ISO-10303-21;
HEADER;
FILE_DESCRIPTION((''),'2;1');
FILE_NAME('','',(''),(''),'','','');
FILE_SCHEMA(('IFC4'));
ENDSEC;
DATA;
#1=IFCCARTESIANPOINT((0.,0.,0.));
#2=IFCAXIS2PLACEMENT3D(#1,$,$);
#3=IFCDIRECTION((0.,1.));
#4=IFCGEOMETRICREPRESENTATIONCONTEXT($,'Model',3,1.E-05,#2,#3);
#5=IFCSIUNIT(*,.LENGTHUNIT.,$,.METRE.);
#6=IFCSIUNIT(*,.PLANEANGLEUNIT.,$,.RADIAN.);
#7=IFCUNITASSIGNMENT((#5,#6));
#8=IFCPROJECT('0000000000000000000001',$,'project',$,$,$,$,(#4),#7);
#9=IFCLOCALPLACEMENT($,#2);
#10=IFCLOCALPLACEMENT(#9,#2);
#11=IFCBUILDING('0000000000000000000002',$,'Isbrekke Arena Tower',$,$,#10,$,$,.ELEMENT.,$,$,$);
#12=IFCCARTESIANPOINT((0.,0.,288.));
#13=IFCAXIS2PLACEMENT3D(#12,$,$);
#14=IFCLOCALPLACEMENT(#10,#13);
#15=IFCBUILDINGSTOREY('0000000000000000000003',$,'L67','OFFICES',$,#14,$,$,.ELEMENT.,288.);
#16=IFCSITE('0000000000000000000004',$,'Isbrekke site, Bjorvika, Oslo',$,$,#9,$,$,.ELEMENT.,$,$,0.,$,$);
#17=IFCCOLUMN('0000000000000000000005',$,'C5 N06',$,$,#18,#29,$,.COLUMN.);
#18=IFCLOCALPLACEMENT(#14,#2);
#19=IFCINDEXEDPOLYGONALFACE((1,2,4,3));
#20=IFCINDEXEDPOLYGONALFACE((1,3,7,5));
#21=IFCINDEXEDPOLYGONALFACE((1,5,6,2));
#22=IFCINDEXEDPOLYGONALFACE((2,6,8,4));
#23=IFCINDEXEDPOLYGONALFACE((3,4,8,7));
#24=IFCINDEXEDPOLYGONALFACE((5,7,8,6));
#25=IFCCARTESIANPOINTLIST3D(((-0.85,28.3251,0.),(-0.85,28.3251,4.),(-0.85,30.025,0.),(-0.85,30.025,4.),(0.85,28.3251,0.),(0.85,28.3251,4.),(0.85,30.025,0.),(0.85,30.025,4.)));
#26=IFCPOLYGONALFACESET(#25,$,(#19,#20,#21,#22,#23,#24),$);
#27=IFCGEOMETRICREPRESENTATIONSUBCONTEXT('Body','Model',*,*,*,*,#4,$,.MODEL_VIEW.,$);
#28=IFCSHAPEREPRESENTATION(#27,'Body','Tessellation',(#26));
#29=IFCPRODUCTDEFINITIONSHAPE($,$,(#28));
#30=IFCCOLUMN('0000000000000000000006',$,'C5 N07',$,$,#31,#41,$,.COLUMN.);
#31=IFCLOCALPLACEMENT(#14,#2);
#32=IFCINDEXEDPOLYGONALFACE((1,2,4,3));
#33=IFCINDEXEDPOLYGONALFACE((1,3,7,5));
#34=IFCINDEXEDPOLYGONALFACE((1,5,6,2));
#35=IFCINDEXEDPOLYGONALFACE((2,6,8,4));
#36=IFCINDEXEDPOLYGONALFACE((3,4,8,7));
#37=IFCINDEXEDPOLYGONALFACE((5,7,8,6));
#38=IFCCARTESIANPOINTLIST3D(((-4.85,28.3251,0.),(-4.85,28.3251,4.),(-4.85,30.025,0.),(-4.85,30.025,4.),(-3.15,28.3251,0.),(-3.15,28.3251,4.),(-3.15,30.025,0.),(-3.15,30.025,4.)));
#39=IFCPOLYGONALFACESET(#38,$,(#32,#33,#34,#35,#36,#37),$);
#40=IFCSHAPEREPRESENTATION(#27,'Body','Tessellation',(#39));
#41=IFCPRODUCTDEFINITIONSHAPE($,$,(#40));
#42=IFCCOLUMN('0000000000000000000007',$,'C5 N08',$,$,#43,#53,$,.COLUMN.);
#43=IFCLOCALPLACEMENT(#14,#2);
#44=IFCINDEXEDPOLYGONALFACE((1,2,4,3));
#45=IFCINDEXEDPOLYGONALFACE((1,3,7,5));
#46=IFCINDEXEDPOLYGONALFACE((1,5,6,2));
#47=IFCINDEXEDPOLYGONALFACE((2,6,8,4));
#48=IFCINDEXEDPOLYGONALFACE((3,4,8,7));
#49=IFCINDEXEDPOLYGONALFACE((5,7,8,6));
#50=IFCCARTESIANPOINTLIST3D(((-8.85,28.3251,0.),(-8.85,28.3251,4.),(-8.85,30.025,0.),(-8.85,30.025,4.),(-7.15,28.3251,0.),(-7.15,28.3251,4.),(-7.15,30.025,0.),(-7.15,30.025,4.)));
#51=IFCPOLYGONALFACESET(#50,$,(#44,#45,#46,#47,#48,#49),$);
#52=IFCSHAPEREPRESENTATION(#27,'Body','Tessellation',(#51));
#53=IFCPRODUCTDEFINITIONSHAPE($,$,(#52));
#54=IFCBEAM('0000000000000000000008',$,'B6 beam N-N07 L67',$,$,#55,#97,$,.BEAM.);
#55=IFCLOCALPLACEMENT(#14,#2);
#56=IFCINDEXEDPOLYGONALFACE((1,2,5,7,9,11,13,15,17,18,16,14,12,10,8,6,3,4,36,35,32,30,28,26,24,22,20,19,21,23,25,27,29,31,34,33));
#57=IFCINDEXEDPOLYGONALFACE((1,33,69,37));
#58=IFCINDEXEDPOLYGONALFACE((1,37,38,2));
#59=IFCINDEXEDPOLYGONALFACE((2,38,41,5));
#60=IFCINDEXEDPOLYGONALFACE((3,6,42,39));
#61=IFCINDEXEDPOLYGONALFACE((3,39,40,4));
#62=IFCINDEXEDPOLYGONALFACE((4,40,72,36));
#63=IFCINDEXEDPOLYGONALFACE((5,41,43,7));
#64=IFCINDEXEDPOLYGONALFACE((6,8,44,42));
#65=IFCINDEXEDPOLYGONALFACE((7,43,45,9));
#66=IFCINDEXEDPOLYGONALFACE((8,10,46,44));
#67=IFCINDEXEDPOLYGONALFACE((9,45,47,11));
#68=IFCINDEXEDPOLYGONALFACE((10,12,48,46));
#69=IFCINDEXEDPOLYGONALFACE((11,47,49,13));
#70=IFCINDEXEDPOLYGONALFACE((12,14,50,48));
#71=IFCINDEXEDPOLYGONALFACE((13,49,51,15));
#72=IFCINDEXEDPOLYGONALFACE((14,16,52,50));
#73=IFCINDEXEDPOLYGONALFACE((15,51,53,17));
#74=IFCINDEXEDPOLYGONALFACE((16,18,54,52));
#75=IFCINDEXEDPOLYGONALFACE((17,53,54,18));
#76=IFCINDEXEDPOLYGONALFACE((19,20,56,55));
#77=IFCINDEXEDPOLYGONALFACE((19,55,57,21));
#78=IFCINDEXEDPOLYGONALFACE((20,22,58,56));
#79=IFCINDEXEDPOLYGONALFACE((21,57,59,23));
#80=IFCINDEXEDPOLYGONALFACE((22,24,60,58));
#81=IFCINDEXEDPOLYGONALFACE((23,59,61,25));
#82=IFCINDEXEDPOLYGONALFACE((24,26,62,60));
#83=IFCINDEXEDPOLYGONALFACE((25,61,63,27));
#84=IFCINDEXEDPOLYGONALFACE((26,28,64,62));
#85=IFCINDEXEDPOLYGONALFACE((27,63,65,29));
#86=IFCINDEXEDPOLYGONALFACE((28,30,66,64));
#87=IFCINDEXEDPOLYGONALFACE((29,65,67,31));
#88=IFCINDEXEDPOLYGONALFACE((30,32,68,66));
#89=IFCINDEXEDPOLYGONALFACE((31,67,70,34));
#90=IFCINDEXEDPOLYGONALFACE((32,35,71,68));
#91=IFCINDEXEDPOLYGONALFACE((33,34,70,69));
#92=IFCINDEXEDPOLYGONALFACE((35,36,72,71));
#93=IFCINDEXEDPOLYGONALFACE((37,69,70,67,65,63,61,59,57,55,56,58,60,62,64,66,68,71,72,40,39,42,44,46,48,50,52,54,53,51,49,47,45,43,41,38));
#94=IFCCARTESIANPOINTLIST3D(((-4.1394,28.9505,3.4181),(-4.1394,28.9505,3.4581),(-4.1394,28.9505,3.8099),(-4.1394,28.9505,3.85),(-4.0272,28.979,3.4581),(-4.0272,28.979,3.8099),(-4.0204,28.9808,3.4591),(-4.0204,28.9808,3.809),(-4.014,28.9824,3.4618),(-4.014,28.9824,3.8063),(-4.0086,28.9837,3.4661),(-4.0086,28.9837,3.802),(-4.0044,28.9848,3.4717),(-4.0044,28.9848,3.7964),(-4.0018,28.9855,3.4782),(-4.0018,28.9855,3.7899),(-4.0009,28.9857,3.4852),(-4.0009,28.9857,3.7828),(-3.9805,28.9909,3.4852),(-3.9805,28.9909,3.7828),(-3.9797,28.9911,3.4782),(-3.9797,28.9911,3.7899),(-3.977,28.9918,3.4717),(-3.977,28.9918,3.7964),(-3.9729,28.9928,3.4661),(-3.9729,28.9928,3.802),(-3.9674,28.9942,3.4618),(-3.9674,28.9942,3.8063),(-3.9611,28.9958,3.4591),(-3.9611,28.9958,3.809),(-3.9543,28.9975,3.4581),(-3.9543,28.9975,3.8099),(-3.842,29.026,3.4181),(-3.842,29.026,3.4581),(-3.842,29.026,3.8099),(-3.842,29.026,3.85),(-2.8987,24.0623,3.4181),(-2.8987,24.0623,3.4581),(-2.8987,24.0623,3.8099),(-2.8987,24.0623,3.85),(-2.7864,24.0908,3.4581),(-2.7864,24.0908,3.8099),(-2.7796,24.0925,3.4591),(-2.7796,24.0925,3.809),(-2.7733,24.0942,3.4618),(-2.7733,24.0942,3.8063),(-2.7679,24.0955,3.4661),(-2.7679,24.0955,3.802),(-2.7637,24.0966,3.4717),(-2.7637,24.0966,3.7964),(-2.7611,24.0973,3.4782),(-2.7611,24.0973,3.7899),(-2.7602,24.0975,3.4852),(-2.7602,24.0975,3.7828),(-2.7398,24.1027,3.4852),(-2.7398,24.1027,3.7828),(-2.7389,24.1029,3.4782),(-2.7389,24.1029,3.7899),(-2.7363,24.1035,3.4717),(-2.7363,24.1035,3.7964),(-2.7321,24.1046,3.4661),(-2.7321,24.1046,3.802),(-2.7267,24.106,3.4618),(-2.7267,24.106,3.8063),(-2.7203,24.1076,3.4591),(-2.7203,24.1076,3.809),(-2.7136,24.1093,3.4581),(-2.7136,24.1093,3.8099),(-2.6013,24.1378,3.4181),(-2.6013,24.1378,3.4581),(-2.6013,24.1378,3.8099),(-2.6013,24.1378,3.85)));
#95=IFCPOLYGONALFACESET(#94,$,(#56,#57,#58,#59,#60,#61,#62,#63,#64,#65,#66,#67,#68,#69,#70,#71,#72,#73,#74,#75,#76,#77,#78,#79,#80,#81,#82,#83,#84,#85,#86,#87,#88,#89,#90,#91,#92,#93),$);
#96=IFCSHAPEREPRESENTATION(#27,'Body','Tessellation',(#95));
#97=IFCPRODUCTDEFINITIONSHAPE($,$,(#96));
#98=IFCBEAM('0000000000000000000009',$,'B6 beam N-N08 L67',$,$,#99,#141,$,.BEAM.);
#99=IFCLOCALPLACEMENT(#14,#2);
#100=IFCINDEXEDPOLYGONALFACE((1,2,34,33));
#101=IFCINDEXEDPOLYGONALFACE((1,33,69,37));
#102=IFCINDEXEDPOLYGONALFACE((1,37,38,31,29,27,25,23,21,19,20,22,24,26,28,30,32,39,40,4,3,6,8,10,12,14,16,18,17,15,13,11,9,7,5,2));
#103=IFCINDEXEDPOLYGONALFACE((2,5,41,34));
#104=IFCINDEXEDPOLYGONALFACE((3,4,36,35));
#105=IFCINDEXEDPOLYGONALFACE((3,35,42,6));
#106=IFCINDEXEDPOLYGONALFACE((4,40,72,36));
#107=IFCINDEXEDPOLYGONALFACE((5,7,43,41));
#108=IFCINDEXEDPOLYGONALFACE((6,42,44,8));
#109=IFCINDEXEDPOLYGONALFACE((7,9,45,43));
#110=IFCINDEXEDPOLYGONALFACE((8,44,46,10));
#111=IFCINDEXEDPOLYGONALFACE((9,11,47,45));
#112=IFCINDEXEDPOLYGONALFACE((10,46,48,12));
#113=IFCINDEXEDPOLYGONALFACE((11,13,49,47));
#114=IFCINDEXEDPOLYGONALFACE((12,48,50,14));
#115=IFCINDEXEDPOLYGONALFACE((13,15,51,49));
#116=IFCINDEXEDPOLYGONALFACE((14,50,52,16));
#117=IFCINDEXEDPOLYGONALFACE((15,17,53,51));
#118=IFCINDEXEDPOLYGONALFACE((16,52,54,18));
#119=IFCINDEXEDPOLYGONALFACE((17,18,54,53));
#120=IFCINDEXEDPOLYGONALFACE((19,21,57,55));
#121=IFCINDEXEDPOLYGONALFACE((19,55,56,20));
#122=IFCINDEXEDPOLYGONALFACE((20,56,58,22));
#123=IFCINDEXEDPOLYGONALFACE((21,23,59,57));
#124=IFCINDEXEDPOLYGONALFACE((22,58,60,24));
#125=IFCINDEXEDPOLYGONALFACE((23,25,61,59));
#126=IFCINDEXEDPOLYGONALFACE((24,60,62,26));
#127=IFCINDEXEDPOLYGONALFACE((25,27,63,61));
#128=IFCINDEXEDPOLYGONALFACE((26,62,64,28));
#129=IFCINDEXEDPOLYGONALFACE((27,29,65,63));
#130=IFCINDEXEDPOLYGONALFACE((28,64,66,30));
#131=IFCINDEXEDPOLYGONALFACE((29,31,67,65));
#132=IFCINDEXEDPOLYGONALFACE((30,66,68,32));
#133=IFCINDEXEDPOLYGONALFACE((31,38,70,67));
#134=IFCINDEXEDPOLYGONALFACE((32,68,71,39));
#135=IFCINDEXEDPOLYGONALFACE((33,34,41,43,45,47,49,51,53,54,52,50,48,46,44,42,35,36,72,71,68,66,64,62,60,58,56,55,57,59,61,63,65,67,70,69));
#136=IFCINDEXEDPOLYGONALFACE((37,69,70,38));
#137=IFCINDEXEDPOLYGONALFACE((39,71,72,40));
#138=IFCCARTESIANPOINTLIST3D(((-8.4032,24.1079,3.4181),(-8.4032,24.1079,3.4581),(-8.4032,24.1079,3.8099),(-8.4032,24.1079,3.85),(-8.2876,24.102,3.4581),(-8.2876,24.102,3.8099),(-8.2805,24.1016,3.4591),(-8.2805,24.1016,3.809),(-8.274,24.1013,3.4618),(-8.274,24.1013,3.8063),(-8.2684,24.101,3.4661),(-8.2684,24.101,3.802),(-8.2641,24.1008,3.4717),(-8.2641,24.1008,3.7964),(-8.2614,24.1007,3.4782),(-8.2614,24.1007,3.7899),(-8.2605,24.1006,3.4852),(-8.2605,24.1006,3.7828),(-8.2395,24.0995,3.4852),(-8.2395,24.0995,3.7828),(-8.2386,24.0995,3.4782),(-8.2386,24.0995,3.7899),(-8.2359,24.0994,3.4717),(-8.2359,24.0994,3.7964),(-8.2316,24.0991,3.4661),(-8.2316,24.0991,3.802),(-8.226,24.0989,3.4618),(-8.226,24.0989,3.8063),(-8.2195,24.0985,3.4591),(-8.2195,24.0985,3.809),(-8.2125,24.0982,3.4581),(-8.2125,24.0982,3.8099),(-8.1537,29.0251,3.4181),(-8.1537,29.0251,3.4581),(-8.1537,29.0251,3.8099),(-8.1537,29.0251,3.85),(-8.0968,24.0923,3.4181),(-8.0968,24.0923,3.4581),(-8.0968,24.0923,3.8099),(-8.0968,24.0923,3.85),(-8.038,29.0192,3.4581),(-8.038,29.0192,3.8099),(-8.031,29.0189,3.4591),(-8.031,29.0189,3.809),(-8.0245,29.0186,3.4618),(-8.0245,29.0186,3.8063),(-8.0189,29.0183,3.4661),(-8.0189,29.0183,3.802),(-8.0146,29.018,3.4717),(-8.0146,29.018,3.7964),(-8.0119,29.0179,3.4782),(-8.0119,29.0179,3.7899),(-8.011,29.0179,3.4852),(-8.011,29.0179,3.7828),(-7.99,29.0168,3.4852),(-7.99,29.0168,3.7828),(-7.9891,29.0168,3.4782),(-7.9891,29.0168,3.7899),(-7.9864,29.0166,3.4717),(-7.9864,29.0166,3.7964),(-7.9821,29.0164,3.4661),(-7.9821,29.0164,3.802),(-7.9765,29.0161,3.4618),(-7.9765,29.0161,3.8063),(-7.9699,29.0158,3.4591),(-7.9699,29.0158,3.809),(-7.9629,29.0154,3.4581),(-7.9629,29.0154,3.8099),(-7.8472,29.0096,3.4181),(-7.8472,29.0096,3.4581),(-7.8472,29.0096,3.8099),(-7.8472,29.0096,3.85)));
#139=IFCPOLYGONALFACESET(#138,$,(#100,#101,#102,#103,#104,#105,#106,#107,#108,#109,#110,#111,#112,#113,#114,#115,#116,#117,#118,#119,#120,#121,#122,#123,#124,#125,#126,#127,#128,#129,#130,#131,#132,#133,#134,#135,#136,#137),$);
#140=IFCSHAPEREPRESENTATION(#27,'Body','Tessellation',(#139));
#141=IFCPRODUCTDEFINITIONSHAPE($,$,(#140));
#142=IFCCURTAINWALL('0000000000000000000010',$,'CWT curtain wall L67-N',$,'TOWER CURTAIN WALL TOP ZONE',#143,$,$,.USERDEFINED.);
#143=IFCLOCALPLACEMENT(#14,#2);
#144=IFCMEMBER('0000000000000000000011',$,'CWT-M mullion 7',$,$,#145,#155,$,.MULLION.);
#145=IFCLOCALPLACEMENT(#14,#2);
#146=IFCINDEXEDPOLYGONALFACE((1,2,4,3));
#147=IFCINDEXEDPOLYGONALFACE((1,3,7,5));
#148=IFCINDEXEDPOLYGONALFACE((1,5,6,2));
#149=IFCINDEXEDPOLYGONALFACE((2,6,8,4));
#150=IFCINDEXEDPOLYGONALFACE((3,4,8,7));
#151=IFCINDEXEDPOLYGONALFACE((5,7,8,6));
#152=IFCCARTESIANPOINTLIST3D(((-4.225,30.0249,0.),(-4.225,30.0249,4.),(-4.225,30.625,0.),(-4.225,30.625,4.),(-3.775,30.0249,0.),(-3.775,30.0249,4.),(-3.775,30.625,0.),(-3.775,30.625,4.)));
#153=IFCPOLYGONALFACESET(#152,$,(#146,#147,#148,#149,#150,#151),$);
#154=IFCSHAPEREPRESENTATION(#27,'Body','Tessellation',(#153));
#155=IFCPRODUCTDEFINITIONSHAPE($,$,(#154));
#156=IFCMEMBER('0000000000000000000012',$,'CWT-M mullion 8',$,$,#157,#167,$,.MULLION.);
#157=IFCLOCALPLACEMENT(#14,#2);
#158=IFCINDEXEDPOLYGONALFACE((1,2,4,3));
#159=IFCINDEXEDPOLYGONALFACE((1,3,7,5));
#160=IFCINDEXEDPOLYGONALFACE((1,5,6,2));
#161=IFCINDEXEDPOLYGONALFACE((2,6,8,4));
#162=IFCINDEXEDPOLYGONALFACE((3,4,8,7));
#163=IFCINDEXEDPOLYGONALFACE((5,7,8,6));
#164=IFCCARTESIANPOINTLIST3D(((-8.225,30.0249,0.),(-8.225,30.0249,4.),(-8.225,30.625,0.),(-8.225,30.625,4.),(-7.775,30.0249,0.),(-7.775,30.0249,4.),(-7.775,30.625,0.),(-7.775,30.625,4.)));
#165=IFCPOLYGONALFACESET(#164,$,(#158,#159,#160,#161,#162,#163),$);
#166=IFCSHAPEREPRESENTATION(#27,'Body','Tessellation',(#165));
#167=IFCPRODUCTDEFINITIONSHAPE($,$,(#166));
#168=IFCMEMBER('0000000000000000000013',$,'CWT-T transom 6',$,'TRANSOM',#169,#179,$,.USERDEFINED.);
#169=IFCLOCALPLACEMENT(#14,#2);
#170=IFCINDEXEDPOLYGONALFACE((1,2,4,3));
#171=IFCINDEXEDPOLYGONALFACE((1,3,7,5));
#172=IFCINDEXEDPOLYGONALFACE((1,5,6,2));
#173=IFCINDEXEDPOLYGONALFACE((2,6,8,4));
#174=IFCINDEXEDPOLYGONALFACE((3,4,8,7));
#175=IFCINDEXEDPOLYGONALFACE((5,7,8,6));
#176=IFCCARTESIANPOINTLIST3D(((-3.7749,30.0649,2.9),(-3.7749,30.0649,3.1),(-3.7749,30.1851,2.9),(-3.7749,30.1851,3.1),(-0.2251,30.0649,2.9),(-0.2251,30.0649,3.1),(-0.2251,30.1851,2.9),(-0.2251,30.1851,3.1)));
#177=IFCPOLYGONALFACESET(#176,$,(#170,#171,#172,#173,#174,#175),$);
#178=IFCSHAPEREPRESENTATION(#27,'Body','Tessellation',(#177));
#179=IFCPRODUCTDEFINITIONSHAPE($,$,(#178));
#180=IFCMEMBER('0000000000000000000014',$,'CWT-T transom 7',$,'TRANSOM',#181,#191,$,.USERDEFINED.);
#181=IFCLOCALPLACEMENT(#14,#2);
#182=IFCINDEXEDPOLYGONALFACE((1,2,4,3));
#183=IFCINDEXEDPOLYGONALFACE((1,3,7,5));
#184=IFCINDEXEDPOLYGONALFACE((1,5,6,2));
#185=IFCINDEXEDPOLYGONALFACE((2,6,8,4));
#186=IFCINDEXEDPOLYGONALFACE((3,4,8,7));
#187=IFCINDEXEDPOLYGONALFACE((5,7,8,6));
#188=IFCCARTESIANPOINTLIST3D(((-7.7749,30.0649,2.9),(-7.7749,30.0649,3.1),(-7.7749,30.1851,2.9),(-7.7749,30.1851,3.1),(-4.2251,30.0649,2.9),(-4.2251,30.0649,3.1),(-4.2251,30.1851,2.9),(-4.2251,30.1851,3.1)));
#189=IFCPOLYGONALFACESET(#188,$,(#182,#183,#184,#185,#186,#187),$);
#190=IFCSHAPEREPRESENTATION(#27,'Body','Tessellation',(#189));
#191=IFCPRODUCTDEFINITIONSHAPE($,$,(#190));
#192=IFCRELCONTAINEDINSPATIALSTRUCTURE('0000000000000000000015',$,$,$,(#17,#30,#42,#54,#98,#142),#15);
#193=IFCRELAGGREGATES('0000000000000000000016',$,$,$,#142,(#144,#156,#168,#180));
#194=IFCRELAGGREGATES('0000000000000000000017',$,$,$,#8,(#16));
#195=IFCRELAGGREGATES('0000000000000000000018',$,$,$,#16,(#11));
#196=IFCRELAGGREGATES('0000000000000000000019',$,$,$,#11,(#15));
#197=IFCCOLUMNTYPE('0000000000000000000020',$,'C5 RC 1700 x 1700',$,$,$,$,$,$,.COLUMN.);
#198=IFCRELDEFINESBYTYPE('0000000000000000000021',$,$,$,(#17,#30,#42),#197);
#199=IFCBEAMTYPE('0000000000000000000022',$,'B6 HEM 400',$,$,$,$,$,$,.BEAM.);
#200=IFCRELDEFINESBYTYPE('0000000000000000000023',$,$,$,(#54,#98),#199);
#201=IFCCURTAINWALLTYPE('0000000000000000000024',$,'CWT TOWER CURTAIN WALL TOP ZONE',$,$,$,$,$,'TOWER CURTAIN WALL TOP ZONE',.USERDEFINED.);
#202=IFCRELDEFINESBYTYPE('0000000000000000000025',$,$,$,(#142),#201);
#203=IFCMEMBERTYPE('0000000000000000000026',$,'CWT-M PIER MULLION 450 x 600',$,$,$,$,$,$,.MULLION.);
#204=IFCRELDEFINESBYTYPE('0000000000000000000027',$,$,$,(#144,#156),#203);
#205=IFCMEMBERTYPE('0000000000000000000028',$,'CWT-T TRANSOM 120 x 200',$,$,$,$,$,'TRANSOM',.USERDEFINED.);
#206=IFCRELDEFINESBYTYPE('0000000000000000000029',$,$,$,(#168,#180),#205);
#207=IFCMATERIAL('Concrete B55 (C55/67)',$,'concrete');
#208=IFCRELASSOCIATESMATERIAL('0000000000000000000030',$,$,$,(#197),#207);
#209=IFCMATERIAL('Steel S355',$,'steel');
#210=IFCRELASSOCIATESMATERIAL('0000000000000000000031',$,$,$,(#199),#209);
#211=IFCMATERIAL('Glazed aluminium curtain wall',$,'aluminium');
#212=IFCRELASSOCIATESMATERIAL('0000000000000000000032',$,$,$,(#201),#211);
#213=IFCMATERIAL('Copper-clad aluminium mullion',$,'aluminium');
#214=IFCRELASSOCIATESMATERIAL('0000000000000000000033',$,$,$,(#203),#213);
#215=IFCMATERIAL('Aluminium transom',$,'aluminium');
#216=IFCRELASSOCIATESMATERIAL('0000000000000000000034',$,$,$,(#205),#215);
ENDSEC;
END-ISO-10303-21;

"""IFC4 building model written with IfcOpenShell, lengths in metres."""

from ifc_helpers import new_model, si_unit, direction, frame, origin, origin_2d, place, context, subcontext, project, spatial, rectangle, i_section, extrude, material, material_profile, profile_set, type_object, element, aggregate, save


model = new_model("IFC4")

# Units and contexts
model_context = context("Model", 3, precision=1e-05, world=origin(), true_north=direction((0.0, 1.0)))
body_context = subcontext(model_context, "Body", "Model", "MODEL_VIEW")
ifc_project = project(units=[si_unit("LENGTHUNIT", "METRE"), si_unit("PLANEANGLEUNIT", "RADIAN")], contexts=[model_context])

# Site, building, storey
site_placement = place(None, origin())
site = spatial("IfcSite", under=ifc_project, at=site_placement, Name="Isbrekke site, Bjorvika, Oslo", CompositionType="ELEMENT", RefElevation=0.0)
building_placement = place(site_placement, origin())
building = spatial("IfcBuilding", under=site, at=building_placement, Name="Isbrekke Arena Tower", CompositionType="ELEMENT")
storey_placement = place(building_placement, frame((0.0, 0.0, 288.0)))
storey = spatial("IfcBuildingStorey", under=building, at=storey_placement, Name="L67", Description="OFFICES", CompositionType="ELEMENT", Elevation=288.0)

# Columns
ifc_material_1 = material(Name="Concrete B55 (C55/67)", Category="concrete")
ifc_material_profile_1 = material_profile(ifc_material_1, rectangle(XDim=1.7, YDim=1.7, at=origin_2d()), Name="RC 1700x1700")
ifc_profile_set_1 = profile_set([ifc_material_profile_1], Name="Concrete B55 (C55/67)")
column_type = type_object("IfcColumnType", Name="C5 RC 1700 x 1700", PredefinedType="COLUMN", material=ifc_profile_set_1)
for number, where, z_axis, x_axis, name in (
    (1, (0.0, 29.175, 0.0), (0.0, 0.0, 1.0), (-1.0, 0.0, 0.0), "C5 N06"),
    (2, (-4.0, 29.175, 0.0), (0.0, 0.0, 1.0), (-1.0, 0.0, 0.0), "C5 N07"),
    (3, (-8.0, 29.175, 0.0), (0.0, 0.0, 1.0), (-1.0, 0.0, 0.0), "C5 N08"),
):
    element("IfcColumn", number, at=place(storey_placement, frame(where, z_axis=z_axis, x_axis=x_axis)), inside=storey, type_object=column_type, Name=name, PredefinedType="COLUMN", context=body_context, shape_type="SweptSolid", body=[
        extrude(rectangle(XDim=1.7, YDim=1.7, at=origin_2d()), origin(), (0.0, 0.0, 1.0), 4.0),
    ])

# Beams
ifc_material_2 = material(Name="Steel S355", Category="steel")
ifc_material_profile_2 = material_profile(ifc_material_2, i_section(OverallWidth=0.3069, OverallDepth=0.4319, WebThickness=0.021, FlangeThickness=0.04, FilletRadius=0.0271, at=origin_2d()), Name="HEM 400")
ifc_profile_set_2 = profile_set([ifc_material_profile_2], Name="Steel S355")
beam_type_1 = type_object("IfcBeamType", Name="B6 HEM 400", PredefinedType="BEAM", material=ifc_profile_set_2)
beam_1_placement = place(storey_placement, frame((-3.9907, 28.9883, 3.634), z_axis=(0.24602, -0.969265, 0.0), x_axis=(0.969265, 0.24602, 0.0)))
element("IfcBeam", 4, at=beam_1_placement, inside=storey, type_object=beam_type_1, Name="B6 beam N-N07 L67", PredefinedType="BEAM", context=body_context, shape_type="SweptSolid", body=[
    extrude(i_section(OverallWidth=0.3069, OverallDepth=0.4319, WebThickness=0.021, FlangeThickness=0.04, FilletRadius=0.0271, at=origin_2d()), origin(), (0.0, 0.0, 1.0), 5.0432),
])
beam_2_placement = place(storey_placement, frame((-8.0005, 29.0173, 3.634), z_axis=(-0.050677, -0.998715, 0.0), x_axis=(0.998715, -0.050677, 0.0)))
element("IfcBeam", 5, at=beam_2_placement, inside=storey, type_object=beam_type_1, Name="B6 beam N-N08 L67", PredefinedType="BEAM", context=body_context, shape_type="SweptSolid", body=[
    extrude(i_section(OverallWidth=0.3069, OverallDepth=0.4319, WebThickness=0.021, FlangeThickness=0.04, FilletRadius=0.0271, at=origin_2d()), origin(), (0.0, 0.0, 1.0), 4.9236),
])

# Curtain wall, members
ifc_material_3 = material(Name="Glazed aluminium curtain wall", Category="aluminium")
curtain_wall_type = type_object("IfcCurtainWallType", Name="CWT TOWER CURTAIN WALL TOP ZONE", ElementType="TOWER CURTAIN WALL TOP ZONE", PredefinedType="USERDEFINED", material=ifc_material_3)
curtain_wall_placement = place(storey_placement, origin())
curtain_wall = element("IfcCurtainWall", 6, at=curtain_wall_placement, inside=storey, type_object=curtain_wall_type, Name="CWT curtain wall L67-N", ObjectType="TOWER CURTAIN WALL TOP ZONE", PredefinedType="USERDEFINED")
ifc_material_4 = material(Name="Copper-clad aluminium mullion", Category="aluminium")
ifc_material_profile_3 = material_profile(ifc_material_4, rectangle(XDim=0.45, YDim=0.6001, at=origin_2d()), Name="PIER 450X600")
ifc_profile_set_3 = profile_set([ifc_material_profile_3], Name="Copper-clad aluminium mullion")
member_type_1 = type_object("IfcMemberType", Name="CWT-M PIER MULLION 450 x 600", PredefinedType="MULLION", material=ifc_profile_set_3)
member_1_placement = place(storey_placement, frame((-4.0, 30.325, 0.0), z_axis=(0.0, 0.0, 1.0), x_axis=(-1.0, 0.0, 0.0)))
member_1 = element("IfcMember", 7, at=member_1_placement, type_object=member_type_1, Name="CWT-M mullion 7", PredefinedType="MULLION", context=body_context, shape_type="SweptSolid", body=[
    extrude(rectangle(XDim=0.45, YDim=0.6001, at=origin_2d()), origin(), (0.0, 0.0, 1.0), 4.0),
])
member_2_placement = place(storey_placement, frame((-8.0, 30.325, 0.0), z_axis=(0.0, 0.0, 1.0), x_axis=(-1.0, 0.0, 0.0)))
member_2 = element("IfcMember", 8, at=member_2_placement, type_object=member_type_1, Name="CWT-M mullion 8", PredefinedType="MULLION", context=body_context, shape_type="SweptSolid", body=[
    extrude(rectangle(XDim=0.45, YDim=0.6001, at=origin_2d()), origin(), (0.0, 0.0, 1.0), 4.0),
])
ifc_material_5 = material(Name="Aluminium transom", Category="aluminium")
ifc_material_profile_4 = material_profile(ifc_material_5, rectangle(XDim=0.1201, YDim=0.2, at=origin_2d()), Name="TRANSOM 120X200")
ifc_profile_set_4 = profile_set([ifc_material_profile_4], Name="Aluminium transom")
member_type_2 = type_object("IfcMemberType", Name="CWT-T TRANSOM 120 x 200", ElementType="TRANSOM", PredefinedType="USERDEFINED", material=ifc_profile_set_4)
member_3_placement = place(storey_placement, frame((-0.2251, 30.125, 3.0), z_axis=(-1.0, 0.0, 0.0), x_axis=(0.0, -1.0, 0.0)))
member_3 = element("IfcMember", 9, at=member_3_placement, type_object=member_type_2, Name="CWT-T transom 6", ObjectType="TRANSOM", PredefinedType="USERDEFINED", context=body_context, shape_type="SweptSolid", body=[
    extrude(rectangle(XDim=0.1201, YDim=0.2, at=origin_2d()), origin(), (0.0, 0.0, 1.0), 3.5498),
])
member_4_placement = place(storey_placement, frame((-4.2251, 30.125, 3.0), z_axis=(-1.0, 0.0, 0.0), x_axis=(0.0, -1.0, 0.0)))
member_4 = element("IfcMember", 10, at=member_4_placement, type_object=member_type_2, Name="CWT-T transom 7", ObjectType="TRANSOM", PredefinedType="USERDEFINED", context=body_context, shape_type="SweptSolid", body=[
    extrude(rectangle(XDim=0.1201, YDim=0.2, at=origin_2d()), origin(), (0.0, 0.0, 1.0), 3.5498),
])

aggregate(curtain_wall, [member_1, member_2, member_3, member_4])

save(model, "model.ifc")
